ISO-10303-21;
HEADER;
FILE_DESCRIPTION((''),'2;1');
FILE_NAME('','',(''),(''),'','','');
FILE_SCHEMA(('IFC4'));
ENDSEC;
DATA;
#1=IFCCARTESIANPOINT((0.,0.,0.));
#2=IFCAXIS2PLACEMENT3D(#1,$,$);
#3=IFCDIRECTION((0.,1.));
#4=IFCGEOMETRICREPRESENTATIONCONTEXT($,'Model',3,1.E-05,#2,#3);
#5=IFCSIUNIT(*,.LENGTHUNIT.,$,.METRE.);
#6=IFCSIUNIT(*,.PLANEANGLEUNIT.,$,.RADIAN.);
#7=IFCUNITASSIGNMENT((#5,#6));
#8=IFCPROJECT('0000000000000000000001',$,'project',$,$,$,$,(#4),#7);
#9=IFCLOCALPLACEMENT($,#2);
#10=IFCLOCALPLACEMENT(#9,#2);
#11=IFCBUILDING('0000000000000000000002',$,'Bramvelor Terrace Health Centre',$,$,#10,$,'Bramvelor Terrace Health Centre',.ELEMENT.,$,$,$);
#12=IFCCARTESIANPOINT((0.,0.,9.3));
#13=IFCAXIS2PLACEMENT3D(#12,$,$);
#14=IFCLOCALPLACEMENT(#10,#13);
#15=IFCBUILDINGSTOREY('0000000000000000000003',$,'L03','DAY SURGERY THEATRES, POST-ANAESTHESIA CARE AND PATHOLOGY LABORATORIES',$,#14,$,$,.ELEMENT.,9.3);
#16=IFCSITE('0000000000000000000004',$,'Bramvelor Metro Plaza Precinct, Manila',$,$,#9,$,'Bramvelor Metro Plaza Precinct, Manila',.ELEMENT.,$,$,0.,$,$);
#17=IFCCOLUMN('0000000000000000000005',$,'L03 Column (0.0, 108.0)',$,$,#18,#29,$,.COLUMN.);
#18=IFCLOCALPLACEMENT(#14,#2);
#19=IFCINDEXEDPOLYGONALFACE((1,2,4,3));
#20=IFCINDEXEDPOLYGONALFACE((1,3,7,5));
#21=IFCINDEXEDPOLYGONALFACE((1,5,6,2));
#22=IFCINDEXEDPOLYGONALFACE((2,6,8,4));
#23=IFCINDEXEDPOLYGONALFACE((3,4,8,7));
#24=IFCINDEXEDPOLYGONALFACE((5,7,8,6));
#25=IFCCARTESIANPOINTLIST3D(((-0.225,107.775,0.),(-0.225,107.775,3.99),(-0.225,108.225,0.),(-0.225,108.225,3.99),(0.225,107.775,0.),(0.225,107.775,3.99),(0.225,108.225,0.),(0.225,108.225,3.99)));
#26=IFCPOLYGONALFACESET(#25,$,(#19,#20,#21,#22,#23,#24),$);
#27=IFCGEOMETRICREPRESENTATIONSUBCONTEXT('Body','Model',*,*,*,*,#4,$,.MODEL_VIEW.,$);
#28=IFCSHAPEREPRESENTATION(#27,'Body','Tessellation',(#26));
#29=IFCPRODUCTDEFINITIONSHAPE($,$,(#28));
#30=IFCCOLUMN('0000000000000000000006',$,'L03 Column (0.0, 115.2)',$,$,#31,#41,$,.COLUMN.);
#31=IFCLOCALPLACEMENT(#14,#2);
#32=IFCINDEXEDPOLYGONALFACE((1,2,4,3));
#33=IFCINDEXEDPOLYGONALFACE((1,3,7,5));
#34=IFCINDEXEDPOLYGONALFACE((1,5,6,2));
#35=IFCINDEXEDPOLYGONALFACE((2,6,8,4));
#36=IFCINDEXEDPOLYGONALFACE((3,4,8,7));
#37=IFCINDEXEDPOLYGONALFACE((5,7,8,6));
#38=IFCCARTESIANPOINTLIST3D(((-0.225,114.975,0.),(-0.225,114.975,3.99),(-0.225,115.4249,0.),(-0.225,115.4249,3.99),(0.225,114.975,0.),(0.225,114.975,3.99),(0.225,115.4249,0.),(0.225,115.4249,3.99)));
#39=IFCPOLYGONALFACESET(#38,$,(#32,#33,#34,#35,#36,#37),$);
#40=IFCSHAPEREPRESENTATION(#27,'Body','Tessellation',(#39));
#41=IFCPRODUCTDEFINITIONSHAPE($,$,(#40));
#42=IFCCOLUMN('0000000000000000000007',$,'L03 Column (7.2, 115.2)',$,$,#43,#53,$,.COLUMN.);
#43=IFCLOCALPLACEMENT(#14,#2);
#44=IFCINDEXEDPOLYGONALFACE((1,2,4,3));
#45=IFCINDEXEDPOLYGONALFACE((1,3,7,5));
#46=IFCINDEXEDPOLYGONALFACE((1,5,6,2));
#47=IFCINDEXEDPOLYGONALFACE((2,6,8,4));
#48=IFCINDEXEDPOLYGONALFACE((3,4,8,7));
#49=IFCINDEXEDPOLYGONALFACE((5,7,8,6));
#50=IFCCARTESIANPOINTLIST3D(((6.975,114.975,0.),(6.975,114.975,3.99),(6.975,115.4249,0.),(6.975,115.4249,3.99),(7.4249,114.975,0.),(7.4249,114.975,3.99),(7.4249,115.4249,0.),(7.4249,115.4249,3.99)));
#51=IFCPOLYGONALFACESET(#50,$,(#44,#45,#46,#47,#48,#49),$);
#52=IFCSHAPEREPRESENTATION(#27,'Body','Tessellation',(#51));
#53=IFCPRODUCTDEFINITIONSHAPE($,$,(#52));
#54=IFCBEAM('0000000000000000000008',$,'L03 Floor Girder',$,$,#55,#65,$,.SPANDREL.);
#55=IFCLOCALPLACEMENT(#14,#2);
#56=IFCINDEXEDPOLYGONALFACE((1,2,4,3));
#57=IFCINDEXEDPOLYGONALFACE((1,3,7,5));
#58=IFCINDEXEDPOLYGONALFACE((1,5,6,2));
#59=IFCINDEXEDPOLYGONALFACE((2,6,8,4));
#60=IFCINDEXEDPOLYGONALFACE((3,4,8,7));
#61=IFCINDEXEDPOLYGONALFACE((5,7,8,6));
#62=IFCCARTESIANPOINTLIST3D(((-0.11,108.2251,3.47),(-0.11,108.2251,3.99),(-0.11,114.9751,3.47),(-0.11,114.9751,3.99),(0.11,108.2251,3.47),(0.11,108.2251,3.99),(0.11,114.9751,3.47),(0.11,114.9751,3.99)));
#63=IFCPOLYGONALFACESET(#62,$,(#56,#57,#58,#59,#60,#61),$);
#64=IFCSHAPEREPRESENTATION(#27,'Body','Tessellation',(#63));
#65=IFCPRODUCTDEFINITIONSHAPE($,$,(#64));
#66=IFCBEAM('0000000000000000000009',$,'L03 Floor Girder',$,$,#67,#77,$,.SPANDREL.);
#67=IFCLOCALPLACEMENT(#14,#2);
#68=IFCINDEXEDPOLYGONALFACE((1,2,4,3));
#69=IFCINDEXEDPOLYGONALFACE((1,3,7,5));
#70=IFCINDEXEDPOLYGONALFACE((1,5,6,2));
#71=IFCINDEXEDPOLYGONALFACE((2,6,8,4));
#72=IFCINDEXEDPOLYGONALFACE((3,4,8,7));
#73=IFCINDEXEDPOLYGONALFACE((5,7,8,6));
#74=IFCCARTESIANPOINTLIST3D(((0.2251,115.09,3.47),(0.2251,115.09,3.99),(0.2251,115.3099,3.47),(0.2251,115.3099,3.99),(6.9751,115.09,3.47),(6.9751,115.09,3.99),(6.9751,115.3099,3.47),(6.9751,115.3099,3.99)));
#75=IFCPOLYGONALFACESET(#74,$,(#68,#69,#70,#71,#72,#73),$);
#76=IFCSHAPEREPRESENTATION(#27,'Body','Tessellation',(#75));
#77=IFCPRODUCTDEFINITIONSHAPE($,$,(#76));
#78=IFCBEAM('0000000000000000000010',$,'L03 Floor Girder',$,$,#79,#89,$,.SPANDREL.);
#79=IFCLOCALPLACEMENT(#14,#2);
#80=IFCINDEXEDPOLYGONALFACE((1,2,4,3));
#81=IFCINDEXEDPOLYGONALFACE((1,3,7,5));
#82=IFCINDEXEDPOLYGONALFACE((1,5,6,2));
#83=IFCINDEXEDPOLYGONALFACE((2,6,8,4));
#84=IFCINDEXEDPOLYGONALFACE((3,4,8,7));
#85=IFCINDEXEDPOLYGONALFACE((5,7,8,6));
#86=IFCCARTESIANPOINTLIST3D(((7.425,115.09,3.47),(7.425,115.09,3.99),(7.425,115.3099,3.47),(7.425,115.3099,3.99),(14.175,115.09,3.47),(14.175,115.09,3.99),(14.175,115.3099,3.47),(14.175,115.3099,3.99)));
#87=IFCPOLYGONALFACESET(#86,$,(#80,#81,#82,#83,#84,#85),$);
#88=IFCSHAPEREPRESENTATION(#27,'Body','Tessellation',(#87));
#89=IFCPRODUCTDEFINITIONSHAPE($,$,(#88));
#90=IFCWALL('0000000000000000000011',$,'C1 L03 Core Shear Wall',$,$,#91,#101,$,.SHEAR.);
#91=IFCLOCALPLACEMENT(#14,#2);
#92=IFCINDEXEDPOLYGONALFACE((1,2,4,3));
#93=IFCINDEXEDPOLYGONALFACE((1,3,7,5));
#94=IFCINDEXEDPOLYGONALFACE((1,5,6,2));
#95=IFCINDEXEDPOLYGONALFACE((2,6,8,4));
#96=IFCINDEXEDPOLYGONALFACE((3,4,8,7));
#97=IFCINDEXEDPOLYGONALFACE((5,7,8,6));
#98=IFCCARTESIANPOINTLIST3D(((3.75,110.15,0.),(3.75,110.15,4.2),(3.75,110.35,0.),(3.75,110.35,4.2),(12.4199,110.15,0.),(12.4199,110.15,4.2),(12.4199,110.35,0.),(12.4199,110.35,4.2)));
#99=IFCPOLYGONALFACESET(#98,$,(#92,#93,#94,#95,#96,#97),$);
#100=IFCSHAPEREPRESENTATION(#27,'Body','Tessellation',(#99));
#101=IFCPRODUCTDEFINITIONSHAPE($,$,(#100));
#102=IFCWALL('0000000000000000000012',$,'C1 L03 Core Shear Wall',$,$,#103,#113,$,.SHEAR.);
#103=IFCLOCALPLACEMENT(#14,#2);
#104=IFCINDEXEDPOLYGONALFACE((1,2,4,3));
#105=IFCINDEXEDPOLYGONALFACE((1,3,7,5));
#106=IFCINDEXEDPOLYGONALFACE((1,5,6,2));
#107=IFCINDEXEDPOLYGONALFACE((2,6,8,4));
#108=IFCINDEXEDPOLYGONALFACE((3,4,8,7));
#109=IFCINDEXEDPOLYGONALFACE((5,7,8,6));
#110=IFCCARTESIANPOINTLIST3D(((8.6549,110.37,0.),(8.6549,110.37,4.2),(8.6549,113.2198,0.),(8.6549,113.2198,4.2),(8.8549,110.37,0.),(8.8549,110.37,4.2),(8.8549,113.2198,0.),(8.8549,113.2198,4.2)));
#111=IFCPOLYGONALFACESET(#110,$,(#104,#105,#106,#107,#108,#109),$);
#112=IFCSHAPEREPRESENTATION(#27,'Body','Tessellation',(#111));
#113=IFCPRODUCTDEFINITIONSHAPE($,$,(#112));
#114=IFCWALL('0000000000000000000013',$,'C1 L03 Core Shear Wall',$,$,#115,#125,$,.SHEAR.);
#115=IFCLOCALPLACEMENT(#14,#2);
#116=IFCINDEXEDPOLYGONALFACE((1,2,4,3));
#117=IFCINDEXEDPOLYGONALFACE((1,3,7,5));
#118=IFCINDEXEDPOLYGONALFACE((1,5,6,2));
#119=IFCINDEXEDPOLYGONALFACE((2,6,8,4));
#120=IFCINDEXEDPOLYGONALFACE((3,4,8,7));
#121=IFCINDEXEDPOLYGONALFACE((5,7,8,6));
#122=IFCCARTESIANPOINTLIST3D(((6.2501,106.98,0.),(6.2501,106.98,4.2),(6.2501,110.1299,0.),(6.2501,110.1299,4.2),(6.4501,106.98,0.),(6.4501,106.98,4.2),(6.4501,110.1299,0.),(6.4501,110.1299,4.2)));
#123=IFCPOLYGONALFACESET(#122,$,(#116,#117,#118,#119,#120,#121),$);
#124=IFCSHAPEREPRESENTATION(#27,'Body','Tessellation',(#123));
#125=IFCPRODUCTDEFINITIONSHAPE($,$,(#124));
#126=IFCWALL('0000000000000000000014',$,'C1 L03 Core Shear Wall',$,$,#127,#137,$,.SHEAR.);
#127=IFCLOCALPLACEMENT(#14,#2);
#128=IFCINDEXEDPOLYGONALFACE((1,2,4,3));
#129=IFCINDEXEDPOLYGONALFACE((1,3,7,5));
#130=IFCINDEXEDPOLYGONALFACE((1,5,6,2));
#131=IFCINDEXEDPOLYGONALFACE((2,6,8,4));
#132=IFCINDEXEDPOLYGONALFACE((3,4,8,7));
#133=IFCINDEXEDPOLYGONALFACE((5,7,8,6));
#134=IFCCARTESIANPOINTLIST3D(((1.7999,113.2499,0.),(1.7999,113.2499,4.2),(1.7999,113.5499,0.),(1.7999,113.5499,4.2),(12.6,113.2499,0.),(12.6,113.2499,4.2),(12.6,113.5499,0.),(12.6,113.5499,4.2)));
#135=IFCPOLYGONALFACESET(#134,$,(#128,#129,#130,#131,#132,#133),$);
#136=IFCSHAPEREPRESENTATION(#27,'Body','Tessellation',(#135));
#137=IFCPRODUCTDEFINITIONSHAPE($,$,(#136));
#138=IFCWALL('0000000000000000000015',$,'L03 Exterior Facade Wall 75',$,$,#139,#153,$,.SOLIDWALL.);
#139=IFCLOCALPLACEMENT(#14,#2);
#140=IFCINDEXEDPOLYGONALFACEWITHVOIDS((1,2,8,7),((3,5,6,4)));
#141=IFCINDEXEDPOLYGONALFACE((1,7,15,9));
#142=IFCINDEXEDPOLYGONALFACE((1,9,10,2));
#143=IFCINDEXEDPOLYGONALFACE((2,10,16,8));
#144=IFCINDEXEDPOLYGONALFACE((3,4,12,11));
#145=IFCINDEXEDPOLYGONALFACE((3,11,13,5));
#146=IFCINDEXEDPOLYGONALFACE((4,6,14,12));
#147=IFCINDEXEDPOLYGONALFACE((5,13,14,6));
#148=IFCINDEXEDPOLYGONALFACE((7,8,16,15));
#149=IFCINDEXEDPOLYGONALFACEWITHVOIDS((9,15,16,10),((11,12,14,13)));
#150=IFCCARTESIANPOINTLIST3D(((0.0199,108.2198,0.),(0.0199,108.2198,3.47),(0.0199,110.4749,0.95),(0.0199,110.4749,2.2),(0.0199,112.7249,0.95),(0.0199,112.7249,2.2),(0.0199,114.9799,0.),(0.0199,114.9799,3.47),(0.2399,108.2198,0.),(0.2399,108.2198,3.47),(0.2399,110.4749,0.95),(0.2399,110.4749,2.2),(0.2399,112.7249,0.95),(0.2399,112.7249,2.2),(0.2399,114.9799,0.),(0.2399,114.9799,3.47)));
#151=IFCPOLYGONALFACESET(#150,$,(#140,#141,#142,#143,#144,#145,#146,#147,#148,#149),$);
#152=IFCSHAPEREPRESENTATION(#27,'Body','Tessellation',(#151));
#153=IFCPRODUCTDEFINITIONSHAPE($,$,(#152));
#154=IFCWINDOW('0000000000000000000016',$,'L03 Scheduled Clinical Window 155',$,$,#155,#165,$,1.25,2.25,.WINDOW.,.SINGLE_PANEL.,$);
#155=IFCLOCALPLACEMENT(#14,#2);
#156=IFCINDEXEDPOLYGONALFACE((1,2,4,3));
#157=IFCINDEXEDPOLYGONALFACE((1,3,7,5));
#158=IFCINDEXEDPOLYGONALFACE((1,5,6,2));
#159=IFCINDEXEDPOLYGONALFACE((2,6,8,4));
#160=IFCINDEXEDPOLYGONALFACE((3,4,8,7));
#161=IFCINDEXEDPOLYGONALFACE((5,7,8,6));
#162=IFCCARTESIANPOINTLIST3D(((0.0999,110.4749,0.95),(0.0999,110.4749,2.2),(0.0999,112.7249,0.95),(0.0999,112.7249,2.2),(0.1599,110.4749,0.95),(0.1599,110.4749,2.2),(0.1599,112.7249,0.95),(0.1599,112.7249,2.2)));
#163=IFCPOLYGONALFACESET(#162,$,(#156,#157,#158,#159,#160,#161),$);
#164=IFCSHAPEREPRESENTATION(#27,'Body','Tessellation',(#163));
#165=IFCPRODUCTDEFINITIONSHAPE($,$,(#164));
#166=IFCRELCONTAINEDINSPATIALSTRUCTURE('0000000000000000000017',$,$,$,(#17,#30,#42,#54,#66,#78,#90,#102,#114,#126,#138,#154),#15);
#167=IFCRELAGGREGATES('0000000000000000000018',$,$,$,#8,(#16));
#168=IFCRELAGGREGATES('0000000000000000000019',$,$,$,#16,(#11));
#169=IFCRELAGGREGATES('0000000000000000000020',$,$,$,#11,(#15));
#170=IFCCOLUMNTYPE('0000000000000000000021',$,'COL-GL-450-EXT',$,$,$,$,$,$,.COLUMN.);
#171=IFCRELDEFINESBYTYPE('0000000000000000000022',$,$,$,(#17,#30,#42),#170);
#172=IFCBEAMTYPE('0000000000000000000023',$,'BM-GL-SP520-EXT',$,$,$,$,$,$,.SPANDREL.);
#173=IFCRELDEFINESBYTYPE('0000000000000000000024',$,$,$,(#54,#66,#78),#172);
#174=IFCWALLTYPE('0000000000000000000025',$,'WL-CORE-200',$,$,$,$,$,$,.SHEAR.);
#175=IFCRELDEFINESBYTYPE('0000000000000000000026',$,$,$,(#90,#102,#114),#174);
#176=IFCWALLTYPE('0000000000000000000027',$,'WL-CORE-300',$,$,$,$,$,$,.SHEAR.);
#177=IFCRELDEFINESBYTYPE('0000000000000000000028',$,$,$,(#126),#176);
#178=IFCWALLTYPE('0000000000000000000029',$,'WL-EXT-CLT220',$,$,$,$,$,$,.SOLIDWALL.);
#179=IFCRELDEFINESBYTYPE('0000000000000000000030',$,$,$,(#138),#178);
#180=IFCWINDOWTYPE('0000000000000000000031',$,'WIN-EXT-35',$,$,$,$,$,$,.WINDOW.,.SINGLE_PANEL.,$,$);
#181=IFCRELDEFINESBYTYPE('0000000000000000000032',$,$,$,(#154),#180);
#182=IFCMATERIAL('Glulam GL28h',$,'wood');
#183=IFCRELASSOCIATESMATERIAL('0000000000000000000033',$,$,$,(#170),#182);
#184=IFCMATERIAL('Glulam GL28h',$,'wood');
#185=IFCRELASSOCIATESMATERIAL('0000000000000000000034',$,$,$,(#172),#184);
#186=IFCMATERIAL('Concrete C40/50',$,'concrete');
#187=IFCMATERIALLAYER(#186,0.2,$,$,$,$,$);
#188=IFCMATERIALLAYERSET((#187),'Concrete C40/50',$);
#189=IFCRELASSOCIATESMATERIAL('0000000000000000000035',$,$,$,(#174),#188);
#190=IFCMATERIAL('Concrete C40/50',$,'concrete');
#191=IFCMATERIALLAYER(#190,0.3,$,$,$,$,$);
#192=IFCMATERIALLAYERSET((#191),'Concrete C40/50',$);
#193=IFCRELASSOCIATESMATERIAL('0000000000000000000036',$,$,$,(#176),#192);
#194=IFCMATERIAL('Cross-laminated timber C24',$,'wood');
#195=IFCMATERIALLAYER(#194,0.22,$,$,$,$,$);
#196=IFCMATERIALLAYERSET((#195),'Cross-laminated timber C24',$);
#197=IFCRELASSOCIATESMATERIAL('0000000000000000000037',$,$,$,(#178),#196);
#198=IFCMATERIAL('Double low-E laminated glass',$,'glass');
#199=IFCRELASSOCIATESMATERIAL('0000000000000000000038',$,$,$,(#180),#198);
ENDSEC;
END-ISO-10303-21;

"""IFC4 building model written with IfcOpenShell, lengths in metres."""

from ifc_helpers import new_model, si_unit, direction, frame, frame_2d, origin, origin_2d, place, context, subcontext, project, spatial, rectangle, extrude, material, layer, layer_set, material_profile, profile_set, type_object, element, fill, save


model = new_model("IFC4")

# Units and contexts
model_context = context("Model", 3, precision=1e-05, world=origin(), true_north=direction((0.0, 1.0)))
body_context = subcontext(model_context, "Body", "Model", "MODEL_VIEW")
ifc_project = project(units=[si_unit("LENGTHUNIT", "METRE"), si_unit("PLANEANGLEUNIT", "RADIAN")], contexts=[model_context])

# Site, building, storey
site_placement = place(None, origin())
site = spatial("IfcSite", under=ifc_project, at=site_placement, Name="Bramvelor Metro Plaza Precinct, Manila", LongName="Bramvelor Metro Plaza Precinct, Manila", CompositionType="ELEMENT", RefElevation=0.0)
building_placement = place(site_placement, origin())
building = spatial("IfcBuilding", under=site, at=building_placement, Name="Bramvelor Terrace Health Centre", LongName="Bramvelor Terrace Health Centre", CompositionType="ELEMENT")
storey_placement = place(building_placement, frame((0.0, 0.0, 9.3)))
storey = spatial("IfcBuildingStorey", under=building, at=storey_placement, Name="L03", Description="DAY SURGERY THEATRES, POST-ANAESTHESIA CARE AND PATHOLOGY LABORATORIES", CompositionType="ELEMENT", Elevation=9.3)

# Columns
ifc_material_1 = material(Name="Glulam GL28h", Category="wood")
ifc_material_profile_1 = material_profile(ifc_material_1, rectangle(XDim=0.45, YDim=0.45, at=origin_2d()), Name="GL 450x450")
ifc_profile_set_1 = profile_set([ifc_material_profile_1], Name="Glulam GL28h")
column_type = type_object("IfcColumnType", Name="COL-GL-450-EXT", PredefinedType="COLUMN", material=ifc_profile_set_1)
for number, where, z_axis, x_axis, name in (
    (1, (0.0, 108.0, 0.0), (0.0, 0.0, 1.0), (1.0, 0.0, 0.0), "L03 Column (0.0, 108.0)"),
    (2, (0.0, 115.2, 0.0), (0.0, 0.0, 1.0), (1.0, 0.0, 0.0), "L03 Column (0.0, 115.2)"),
    (3, (7.2, 115.2, 0.0), (0.0, 0.0, 1.0), (1.0, 0.0, 0.0), "L03 Column (7.2, 115.2)"),
):
    element("IfcColumn", number, at=place(storey_placement, frame(where, z_axis=z_axis, x_axis=x_axis)), inside=storey, type_object=column_type, Name=name, PredefinedType="COLUMN", context=body_context, shape_type="SweptSolid", body=[
        extrude(rectangle(XDim=0.45, YDim=0.45, at=origin_2d()), origin(), (0.0, 0.0, 1.0), 3.99),
    ])

# Beams
ifc_material_2 = material(Name="Glulam GL28h", Category="wood")
ifc_material_profile_2 = material_profile(ifc_material_2, rectangle(XDim=0.22, YDim=0.52, at=origin_2d()), Name="GL 220x520")
ifc_profile_set_2 = profile_set([ifc_material_profile_2], Name="Glulam GL28h")
beam_type = type_object("IfcBeamType", Name="BM-GL-SP520-EXT", PredefinedType="SPANDREL", material=ifc_profile_set_2)
for number, where, z_axis, x_axis, name in (
    (4, (0.0, 108.2251, 3.73), (0.0, 1.0, 0.0), (-1.0, 0.0, 0.0), "L03 Floor Girder"),
    (5, (0.2251, 115.2, 3.73), (1.0, 0.0, 0.0), (0.0, 1.0, 0.0), "L03 Floor Girder"),
    (6, (7.425, 115.2, 3.73), (1.0, 0.0, 0.0), (0.0, 1.0, 0.0), "L03 Floor Girder"),
):
    element("IfcBeam", number, at=place(storey_placement, frame(where, z_axis=z_axis, x_axis=x_axis)), inside=storey, type_object=beam_type, Name=name, PredefinedType="SPANDREL", context=body_context, shape_type="SweptSolid", body=[
        extrude(rectangle(XDim=0.22, YDim=0.52, at=origin_2d()), origin(), (0.0, 0.0, 1.0), 6.75),
    ])

# Walls
ifc_material_3 = material(Name="Concrete C40/50", Category="concrete")
ifc_layer_1 = layer(ifc_material_3, 0.2)
ifc_layer_set_1 = layer_set([ifc_layer_1], Name="Concrete C40/50")
wall_type_1 = type_object("IfcWallType", Name="WL-CORE-200", PredefinedType="SHEAR", material=ifc_layer_set_1)
wall_1_placement = place(storey_placement, frame((3.75, 110.25, 0.0), z_axis=(0.0, 0.0, 1.0), x_axis=(1.0, 0.0, 0.0)))
element("IfcWall", 7, at=wall_1_placement, inside=storey, type_object=wall_type_1, Name="C1 L03 Core Shear Wall", PredefinedType="SHEAR", context=body_context, shape_type="SweptSolid", body=[
    extrude(rectangle(XDim=8.6699, YDim=0.2, at=frame_2d((4.335, 0.0))), origin(), (0.0, 0.0, 1.0), 4.2),
])
wall_2_placement = place(storey_placement, frame((8.7549, 110.3701, 0.0), z_axis=(0.0, 0.0, 1.0), x_axis=(0.0, 1.0, 0.0)))
element("IfcWall", 8, at=wall_2_placement, inside=storey, type_object=wall_type_1, Name="C1 L03 Core Shear Wall", PredefinedType="SHEAR", context=body_context, shape_type="SweptSolid", body=[
    extrude(rectangle(XDim=2.8499, YDim=0.2, at=frame_2d((1.4248, 0.0))), origin(), (0.0, 0.0, 1.0), 4.2),
])
wall_3_placement = place(storey_placement, frame((6.3501, 106.98, 0.0), z_axis=(0.0, 0.0, 1.0), x_axis=(0.0, 1.0, 0.0)))
element("IfcWall", 9, at=wall_3_placement, inside=storey, type_object=wall_type_1, Name="C1 L03 Core Shear Wall", PredefinedType="SHEAR", context=body_context, shape_type="SweptSolid", body=[
    extrude(rectangle(XDim=3.1499, YDim=0.2, at=frame_2d((1.575, 0.0))), origin(), (0.0, 0.0, 1.0), 4.2),
])
ifc_material_4 = material(Name="Concrete C40/50", Category="concrete")
ifc_layer_2 = layer(ifc_material_4, 0.3)
ifc_layer_set_2 = layer_set([ifc_layer_2], Name="Concrete C40/50")
wall_type_2 = type_object("IfcWallType", Name="WL-CORE-300", PredefinedType="SHEAR", material=ifc_layer_set_2)
wall_4_placement = place(storey_placement, frame((1.8, 113.3999, 0.0), z_axis=(0.0, 0.0, 1.0), x_axis=(1.0, 0.0, 0.0)))
element("IfcWall", 10, at=wall_4_placement, inside=storey, type_object=wall_type_2, Name="C1 L03 Core Shear Wall", PredefinedType="SHEAR", context=body_context, shape_type="SweptSolid", body=[
    extrude(rectangle(XDim=10.8, YDim=0.3, at=frame_2d((5.3999, 0.0))), origin(), (0.0, 0.0, 1.0), 4.2),
])

# Wall, opening, window
ifc_material_5 = material(Name="Cross-laminated timber C24", Category="wood")
ifc_layer_3 = layer(ifc_material_5, 0.22)
ifc_layer_set_3 = layer_set([ifc_layer_3], Name="Cross-laminated timber C24")
wall_type_3 = type_object("IfcWallType", Name="WL-EXT-CLT220", PredefinedType="SOLIDWALL", material=ifc_layer_set_3)
wall_5_placement = place(storey_placement, frame((0.1299, 108.22, 0.0), z_axis=(0.0, 0.0, 1.0), x_axis=(0.0, 1.0, 0.0)))
wall_5 = element("IfcWall", 11, at=wall_5_placement, inside=storey, type_object=wall_type_3, Name="L03 Exterior Facade Wall 75", PredefinedType="SOLIDWALL", context=body_context, shape_type="SweptSolid", body=[
    extrude(rectangle(XDim=6.76, YDim=0.22, at=frame_2d((3.3799, 0.0))), origin(), (0.0, 0.0, 1.0), 3.47),
])
opening_1_placement = place(wall_5_placement, frame((2.2549, 0.0, 0.95)))
opening_1 = element("IfcOpeningElement", 12, at=opening_1_placement, cuts=wall_5, PredefinedType="OPENING", context=body_context, shape_type="SweptSolid", body=[
    extrude(rectangle(XDim=2.25, YDim=1.25, at=frame_2d((1.125, 0.625))), frame((0.0, 0.1199, 0.0), z_axis=(0.0, -1.0, 0.0), x_axis=(1.0, 0.0, 0.0)), (0.0, 0.0, 1.0), 0.24),
])
ifc_material_6 = material(Name="Double low-E laminated glass", Category="glass")
window_type_1 = type_object("IfcWindowType", Name="WIN-EXT-35", PartitioningType="SINGLE_PANEL", PredefinedType="WINDOW", material=ifc_material_6)
window_1_placement = place(opening_1_placement, origin())
window_1 = element("IfcWindow", 13, at=window_1_placement, inside=storey, type_object=window_type_1, Name="L03 Scheduled Clinical Window 155", OverallHeight=1.25, OverallWidth=2.25, PartitioningType="SINGLE_PANEL", PredefinedType="WINDOW", context=body_context, shape_type="SweptSolid", body=[
    extrude(rectangle(XDim=2.25, YDim=1.25, at=frame_2d((1.125, 0.625))), frame((0.0, 0.03, 0.0), z_axis=(0.0, -1.0, 0.0), x_axis=(1.0, 0.0, 0.0)), (0.0, 0.0, 1.0), 0.0601),
])
fill(opening_1, window_1)

save(model, "model.ifc")
